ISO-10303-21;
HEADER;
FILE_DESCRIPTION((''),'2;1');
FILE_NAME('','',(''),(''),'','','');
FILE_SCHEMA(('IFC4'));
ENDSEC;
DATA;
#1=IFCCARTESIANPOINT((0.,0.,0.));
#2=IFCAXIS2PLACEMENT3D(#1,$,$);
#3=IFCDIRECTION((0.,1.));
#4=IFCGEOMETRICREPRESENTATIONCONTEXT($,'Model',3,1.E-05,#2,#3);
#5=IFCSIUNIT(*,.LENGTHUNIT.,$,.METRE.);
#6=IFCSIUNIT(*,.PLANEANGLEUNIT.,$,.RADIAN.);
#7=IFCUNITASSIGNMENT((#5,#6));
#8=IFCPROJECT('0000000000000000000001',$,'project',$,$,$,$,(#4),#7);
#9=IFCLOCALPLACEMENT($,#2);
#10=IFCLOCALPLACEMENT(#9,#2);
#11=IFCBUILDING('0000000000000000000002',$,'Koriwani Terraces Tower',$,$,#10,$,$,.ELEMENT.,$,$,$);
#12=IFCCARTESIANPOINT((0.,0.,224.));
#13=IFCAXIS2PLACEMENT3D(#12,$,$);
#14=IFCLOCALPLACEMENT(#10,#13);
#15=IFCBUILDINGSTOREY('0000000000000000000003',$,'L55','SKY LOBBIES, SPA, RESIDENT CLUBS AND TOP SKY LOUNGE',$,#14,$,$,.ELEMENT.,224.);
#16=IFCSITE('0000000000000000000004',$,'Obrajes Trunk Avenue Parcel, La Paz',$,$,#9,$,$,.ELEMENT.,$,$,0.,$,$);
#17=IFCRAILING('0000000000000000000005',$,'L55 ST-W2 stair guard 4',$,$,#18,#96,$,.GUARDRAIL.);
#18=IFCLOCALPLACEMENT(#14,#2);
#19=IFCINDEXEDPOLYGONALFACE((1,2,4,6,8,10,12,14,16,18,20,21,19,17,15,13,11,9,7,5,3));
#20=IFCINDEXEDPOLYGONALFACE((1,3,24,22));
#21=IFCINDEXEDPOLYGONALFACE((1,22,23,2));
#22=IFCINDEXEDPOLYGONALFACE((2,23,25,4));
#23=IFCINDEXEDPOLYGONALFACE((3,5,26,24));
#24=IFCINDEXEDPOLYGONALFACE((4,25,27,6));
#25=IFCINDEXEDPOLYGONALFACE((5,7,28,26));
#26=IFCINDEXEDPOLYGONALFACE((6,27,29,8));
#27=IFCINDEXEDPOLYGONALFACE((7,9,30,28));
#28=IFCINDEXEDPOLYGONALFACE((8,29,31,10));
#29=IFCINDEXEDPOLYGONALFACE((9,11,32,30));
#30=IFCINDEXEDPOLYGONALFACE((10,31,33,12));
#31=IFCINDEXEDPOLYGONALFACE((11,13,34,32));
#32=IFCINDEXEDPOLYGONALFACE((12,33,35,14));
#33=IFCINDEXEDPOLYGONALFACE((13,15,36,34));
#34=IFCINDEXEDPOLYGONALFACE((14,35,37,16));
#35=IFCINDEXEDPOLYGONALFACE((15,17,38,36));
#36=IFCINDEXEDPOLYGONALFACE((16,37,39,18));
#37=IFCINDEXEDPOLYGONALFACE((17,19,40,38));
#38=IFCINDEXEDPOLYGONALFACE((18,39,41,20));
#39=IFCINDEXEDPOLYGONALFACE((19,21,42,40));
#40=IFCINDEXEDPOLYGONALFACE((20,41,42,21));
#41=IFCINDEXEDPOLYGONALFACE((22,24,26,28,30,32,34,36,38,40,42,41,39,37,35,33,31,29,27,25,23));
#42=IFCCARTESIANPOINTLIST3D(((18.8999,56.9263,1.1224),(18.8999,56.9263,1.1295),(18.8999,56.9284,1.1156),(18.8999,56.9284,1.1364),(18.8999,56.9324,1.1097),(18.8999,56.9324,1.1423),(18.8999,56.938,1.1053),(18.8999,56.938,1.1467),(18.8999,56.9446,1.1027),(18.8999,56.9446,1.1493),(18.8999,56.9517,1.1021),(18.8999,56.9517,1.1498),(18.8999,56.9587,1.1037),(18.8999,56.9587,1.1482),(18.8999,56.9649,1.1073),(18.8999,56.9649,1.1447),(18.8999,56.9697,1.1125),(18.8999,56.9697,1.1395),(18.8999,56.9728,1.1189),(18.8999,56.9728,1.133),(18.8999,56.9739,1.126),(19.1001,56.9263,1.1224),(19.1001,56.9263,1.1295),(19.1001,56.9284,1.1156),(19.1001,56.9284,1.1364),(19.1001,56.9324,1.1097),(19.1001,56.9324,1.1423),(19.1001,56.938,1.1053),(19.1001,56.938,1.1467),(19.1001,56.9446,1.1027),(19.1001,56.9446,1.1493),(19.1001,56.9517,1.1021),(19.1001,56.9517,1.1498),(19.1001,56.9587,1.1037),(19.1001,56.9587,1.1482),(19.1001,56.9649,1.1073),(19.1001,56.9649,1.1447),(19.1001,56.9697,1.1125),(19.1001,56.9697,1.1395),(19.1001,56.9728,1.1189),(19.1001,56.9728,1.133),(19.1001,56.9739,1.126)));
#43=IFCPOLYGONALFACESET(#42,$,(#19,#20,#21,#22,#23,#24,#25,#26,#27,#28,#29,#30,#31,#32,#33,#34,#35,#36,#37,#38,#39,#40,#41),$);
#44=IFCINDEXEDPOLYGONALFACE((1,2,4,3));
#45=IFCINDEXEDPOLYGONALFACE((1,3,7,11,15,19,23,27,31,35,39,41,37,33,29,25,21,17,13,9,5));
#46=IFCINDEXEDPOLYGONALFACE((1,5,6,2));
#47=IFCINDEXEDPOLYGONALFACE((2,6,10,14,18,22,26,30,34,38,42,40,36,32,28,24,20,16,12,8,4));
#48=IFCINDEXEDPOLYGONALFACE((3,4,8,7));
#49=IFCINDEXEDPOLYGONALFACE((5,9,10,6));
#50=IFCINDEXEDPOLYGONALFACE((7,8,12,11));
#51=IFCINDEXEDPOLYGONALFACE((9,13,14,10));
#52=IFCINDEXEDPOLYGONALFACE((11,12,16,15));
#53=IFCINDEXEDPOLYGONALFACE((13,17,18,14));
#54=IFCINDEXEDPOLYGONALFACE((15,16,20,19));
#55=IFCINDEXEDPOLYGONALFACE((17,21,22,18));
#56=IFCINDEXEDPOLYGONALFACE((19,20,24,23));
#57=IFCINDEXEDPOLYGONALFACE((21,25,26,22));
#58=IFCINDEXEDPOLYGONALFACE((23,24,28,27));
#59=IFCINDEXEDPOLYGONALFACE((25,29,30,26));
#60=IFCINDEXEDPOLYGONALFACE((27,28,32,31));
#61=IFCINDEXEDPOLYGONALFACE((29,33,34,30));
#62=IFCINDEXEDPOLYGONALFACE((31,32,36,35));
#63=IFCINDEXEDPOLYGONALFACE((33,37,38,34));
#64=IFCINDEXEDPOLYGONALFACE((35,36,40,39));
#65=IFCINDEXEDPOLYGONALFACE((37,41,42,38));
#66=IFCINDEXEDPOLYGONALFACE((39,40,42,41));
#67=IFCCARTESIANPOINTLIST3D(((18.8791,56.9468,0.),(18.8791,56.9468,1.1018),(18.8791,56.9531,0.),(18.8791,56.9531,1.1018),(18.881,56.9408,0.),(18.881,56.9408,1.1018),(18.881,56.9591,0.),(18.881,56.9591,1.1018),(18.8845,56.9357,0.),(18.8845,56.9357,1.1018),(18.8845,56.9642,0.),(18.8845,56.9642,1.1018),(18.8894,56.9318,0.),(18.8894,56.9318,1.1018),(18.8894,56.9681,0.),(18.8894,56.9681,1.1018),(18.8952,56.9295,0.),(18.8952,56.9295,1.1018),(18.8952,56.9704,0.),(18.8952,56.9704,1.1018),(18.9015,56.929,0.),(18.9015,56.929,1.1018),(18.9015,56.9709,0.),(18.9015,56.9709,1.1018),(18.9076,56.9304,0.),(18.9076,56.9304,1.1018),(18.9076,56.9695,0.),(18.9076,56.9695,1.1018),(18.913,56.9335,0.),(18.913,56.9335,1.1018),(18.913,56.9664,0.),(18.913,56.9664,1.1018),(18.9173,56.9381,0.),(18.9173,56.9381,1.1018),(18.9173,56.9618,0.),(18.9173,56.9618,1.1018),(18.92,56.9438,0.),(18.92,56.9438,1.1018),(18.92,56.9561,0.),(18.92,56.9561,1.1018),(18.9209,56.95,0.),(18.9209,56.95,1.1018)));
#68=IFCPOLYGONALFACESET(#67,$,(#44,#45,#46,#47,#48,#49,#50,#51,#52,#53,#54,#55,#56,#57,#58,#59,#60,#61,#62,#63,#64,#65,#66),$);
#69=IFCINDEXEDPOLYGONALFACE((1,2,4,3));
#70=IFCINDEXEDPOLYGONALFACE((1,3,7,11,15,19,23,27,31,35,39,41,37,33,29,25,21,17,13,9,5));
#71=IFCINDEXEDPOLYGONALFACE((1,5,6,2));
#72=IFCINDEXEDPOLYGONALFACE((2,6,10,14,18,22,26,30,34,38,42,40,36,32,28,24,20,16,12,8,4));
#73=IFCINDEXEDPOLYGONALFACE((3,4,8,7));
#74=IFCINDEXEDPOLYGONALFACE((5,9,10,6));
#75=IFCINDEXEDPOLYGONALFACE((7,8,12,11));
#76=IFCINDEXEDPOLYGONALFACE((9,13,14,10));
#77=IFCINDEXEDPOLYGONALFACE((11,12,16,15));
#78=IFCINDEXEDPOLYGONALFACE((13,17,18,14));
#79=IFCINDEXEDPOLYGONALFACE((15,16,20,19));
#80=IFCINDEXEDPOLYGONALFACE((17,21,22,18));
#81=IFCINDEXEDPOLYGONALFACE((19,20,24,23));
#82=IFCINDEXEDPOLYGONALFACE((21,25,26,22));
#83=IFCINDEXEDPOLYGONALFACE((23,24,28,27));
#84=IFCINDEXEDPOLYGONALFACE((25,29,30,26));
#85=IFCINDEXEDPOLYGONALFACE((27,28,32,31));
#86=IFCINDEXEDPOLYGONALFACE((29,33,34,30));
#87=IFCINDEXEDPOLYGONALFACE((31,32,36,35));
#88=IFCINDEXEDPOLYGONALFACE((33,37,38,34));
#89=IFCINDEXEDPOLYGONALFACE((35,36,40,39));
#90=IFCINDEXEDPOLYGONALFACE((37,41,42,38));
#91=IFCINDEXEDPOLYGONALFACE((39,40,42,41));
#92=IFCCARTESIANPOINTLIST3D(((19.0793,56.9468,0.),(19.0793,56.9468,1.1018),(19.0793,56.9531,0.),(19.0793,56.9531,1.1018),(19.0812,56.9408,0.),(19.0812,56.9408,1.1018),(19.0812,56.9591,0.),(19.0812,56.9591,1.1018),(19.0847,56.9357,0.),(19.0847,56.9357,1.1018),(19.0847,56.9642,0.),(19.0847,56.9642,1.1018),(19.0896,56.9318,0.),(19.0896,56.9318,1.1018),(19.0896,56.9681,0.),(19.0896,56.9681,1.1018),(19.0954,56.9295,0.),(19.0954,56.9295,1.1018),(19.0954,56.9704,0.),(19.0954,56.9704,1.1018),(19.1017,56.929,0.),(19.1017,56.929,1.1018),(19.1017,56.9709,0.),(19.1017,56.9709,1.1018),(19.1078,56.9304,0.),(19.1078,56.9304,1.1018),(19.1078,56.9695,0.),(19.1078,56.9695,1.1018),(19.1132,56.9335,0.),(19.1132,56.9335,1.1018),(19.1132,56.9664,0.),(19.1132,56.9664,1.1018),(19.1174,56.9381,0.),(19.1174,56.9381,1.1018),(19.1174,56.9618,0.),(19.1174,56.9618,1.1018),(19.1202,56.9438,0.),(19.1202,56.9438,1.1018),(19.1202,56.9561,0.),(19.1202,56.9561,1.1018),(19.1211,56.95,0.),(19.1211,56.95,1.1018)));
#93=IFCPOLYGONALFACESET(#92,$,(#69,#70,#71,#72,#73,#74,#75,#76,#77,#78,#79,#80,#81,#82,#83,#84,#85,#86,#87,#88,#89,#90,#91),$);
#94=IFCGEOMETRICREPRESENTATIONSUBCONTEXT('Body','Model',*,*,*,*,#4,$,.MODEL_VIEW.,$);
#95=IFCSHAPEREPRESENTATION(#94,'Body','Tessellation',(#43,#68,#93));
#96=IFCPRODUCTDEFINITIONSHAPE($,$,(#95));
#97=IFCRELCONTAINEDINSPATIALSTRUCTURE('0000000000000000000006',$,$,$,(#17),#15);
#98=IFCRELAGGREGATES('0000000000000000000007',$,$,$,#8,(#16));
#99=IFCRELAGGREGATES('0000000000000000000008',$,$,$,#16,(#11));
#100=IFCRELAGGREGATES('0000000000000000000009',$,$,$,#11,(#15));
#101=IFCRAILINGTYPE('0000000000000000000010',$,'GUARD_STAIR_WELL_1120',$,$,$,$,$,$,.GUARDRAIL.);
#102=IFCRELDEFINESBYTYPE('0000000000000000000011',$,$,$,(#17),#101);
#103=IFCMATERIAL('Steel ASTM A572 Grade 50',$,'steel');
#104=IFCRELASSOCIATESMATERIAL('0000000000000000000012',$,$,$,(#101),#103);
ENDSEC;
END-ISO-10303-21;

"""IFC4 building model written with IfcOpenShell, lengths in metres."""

from ifc_helpers import new_model, si_unit, direction, frame, origin, origin_2d, place, context, subcontext, project, spatial, circle, extrude, material, type_object, element, save


model = new_model("IFC4")

# Units and contexts
model_context = context("Model", 3, precision=1e-05, world=origin(), true_north=direction((0.0, 1.0)))
body_context = subcontext(model_context, "Body", "Model", "MODEL_VIEW")
ifc_project = project(units=[si_unit("LENGTHUNIT", "METRE"), si_unit("PLANEANGLEUNIT", "RADIAN")], contexts=[model_context])

# Site, building, storey
site_placement = place(None, origin())
site = spatial("IfcSite", under=ifc_project, at=site_placement, Name="Obrajes Trunk Avenue Parcel, La Paz", CompositionType="ELEMENT", RefElevation=0.0)
building_placement = place(site_placement, origin())
building = spatial("IfcBuilding", under=site, at=building_placement, Name="Koriwani Terraces Tower", CompositionType="ELEMENT")
storey_placement = place(building_placement, frame((0.0, 0.0, 224.0)))
storey = spatial("IfcBuildingStorey", under=building, at=storey_placement, Name="L55", Description="SKY LOBBIES, SPA, RESIDENT CLUBS AND TOP SKY LOUNGE", CompositionType="ELEMENT", Elevation=224.0)

# Shared definitions
ifc_material_1 = material(Name="Steel ASTM A572 Grade 50", Category="steel")

# Railing
railing_type_1 = type_object("IfcRailingType", Name="GUARD_STAIR_WELL_1120", PredefinedType="GUARDRAIL", material=ifc_material_1)
railing_1_placement = place(storey_placement, frame((18.8999, 56.95, 0.0)))
element("IfcRailing", 1, at=railing_1_placement, inside=storey, type_object=railing_type_1, Name="L55 ST-W2 stair guard 4", PredefinedType="GUARDRAIL", context=body_context, shape_type="SweptSolid", body=[
    extrude(circle(Radius=0.0239, at=origin_2d()), frame((0.0, 0.0, 1.126), z_axis=(1.0, 0.0, 0.0), x_axis=(0.0, 1.0, 0.0)), (0.0, 0.0, 1.0), 0.2002),
    extrude(circle(Radius=0.021, at=origin_2d()), origin(), (0.0, 0.0, 1.0), 1.1018),
    extrude(circle(Radius=0.021, at=origin_2d()), frame((0.2002, 0.0, 0.0)), (0.0, 0.0, 1.0), 1.1018),
])

save(model, "model.ifc")
